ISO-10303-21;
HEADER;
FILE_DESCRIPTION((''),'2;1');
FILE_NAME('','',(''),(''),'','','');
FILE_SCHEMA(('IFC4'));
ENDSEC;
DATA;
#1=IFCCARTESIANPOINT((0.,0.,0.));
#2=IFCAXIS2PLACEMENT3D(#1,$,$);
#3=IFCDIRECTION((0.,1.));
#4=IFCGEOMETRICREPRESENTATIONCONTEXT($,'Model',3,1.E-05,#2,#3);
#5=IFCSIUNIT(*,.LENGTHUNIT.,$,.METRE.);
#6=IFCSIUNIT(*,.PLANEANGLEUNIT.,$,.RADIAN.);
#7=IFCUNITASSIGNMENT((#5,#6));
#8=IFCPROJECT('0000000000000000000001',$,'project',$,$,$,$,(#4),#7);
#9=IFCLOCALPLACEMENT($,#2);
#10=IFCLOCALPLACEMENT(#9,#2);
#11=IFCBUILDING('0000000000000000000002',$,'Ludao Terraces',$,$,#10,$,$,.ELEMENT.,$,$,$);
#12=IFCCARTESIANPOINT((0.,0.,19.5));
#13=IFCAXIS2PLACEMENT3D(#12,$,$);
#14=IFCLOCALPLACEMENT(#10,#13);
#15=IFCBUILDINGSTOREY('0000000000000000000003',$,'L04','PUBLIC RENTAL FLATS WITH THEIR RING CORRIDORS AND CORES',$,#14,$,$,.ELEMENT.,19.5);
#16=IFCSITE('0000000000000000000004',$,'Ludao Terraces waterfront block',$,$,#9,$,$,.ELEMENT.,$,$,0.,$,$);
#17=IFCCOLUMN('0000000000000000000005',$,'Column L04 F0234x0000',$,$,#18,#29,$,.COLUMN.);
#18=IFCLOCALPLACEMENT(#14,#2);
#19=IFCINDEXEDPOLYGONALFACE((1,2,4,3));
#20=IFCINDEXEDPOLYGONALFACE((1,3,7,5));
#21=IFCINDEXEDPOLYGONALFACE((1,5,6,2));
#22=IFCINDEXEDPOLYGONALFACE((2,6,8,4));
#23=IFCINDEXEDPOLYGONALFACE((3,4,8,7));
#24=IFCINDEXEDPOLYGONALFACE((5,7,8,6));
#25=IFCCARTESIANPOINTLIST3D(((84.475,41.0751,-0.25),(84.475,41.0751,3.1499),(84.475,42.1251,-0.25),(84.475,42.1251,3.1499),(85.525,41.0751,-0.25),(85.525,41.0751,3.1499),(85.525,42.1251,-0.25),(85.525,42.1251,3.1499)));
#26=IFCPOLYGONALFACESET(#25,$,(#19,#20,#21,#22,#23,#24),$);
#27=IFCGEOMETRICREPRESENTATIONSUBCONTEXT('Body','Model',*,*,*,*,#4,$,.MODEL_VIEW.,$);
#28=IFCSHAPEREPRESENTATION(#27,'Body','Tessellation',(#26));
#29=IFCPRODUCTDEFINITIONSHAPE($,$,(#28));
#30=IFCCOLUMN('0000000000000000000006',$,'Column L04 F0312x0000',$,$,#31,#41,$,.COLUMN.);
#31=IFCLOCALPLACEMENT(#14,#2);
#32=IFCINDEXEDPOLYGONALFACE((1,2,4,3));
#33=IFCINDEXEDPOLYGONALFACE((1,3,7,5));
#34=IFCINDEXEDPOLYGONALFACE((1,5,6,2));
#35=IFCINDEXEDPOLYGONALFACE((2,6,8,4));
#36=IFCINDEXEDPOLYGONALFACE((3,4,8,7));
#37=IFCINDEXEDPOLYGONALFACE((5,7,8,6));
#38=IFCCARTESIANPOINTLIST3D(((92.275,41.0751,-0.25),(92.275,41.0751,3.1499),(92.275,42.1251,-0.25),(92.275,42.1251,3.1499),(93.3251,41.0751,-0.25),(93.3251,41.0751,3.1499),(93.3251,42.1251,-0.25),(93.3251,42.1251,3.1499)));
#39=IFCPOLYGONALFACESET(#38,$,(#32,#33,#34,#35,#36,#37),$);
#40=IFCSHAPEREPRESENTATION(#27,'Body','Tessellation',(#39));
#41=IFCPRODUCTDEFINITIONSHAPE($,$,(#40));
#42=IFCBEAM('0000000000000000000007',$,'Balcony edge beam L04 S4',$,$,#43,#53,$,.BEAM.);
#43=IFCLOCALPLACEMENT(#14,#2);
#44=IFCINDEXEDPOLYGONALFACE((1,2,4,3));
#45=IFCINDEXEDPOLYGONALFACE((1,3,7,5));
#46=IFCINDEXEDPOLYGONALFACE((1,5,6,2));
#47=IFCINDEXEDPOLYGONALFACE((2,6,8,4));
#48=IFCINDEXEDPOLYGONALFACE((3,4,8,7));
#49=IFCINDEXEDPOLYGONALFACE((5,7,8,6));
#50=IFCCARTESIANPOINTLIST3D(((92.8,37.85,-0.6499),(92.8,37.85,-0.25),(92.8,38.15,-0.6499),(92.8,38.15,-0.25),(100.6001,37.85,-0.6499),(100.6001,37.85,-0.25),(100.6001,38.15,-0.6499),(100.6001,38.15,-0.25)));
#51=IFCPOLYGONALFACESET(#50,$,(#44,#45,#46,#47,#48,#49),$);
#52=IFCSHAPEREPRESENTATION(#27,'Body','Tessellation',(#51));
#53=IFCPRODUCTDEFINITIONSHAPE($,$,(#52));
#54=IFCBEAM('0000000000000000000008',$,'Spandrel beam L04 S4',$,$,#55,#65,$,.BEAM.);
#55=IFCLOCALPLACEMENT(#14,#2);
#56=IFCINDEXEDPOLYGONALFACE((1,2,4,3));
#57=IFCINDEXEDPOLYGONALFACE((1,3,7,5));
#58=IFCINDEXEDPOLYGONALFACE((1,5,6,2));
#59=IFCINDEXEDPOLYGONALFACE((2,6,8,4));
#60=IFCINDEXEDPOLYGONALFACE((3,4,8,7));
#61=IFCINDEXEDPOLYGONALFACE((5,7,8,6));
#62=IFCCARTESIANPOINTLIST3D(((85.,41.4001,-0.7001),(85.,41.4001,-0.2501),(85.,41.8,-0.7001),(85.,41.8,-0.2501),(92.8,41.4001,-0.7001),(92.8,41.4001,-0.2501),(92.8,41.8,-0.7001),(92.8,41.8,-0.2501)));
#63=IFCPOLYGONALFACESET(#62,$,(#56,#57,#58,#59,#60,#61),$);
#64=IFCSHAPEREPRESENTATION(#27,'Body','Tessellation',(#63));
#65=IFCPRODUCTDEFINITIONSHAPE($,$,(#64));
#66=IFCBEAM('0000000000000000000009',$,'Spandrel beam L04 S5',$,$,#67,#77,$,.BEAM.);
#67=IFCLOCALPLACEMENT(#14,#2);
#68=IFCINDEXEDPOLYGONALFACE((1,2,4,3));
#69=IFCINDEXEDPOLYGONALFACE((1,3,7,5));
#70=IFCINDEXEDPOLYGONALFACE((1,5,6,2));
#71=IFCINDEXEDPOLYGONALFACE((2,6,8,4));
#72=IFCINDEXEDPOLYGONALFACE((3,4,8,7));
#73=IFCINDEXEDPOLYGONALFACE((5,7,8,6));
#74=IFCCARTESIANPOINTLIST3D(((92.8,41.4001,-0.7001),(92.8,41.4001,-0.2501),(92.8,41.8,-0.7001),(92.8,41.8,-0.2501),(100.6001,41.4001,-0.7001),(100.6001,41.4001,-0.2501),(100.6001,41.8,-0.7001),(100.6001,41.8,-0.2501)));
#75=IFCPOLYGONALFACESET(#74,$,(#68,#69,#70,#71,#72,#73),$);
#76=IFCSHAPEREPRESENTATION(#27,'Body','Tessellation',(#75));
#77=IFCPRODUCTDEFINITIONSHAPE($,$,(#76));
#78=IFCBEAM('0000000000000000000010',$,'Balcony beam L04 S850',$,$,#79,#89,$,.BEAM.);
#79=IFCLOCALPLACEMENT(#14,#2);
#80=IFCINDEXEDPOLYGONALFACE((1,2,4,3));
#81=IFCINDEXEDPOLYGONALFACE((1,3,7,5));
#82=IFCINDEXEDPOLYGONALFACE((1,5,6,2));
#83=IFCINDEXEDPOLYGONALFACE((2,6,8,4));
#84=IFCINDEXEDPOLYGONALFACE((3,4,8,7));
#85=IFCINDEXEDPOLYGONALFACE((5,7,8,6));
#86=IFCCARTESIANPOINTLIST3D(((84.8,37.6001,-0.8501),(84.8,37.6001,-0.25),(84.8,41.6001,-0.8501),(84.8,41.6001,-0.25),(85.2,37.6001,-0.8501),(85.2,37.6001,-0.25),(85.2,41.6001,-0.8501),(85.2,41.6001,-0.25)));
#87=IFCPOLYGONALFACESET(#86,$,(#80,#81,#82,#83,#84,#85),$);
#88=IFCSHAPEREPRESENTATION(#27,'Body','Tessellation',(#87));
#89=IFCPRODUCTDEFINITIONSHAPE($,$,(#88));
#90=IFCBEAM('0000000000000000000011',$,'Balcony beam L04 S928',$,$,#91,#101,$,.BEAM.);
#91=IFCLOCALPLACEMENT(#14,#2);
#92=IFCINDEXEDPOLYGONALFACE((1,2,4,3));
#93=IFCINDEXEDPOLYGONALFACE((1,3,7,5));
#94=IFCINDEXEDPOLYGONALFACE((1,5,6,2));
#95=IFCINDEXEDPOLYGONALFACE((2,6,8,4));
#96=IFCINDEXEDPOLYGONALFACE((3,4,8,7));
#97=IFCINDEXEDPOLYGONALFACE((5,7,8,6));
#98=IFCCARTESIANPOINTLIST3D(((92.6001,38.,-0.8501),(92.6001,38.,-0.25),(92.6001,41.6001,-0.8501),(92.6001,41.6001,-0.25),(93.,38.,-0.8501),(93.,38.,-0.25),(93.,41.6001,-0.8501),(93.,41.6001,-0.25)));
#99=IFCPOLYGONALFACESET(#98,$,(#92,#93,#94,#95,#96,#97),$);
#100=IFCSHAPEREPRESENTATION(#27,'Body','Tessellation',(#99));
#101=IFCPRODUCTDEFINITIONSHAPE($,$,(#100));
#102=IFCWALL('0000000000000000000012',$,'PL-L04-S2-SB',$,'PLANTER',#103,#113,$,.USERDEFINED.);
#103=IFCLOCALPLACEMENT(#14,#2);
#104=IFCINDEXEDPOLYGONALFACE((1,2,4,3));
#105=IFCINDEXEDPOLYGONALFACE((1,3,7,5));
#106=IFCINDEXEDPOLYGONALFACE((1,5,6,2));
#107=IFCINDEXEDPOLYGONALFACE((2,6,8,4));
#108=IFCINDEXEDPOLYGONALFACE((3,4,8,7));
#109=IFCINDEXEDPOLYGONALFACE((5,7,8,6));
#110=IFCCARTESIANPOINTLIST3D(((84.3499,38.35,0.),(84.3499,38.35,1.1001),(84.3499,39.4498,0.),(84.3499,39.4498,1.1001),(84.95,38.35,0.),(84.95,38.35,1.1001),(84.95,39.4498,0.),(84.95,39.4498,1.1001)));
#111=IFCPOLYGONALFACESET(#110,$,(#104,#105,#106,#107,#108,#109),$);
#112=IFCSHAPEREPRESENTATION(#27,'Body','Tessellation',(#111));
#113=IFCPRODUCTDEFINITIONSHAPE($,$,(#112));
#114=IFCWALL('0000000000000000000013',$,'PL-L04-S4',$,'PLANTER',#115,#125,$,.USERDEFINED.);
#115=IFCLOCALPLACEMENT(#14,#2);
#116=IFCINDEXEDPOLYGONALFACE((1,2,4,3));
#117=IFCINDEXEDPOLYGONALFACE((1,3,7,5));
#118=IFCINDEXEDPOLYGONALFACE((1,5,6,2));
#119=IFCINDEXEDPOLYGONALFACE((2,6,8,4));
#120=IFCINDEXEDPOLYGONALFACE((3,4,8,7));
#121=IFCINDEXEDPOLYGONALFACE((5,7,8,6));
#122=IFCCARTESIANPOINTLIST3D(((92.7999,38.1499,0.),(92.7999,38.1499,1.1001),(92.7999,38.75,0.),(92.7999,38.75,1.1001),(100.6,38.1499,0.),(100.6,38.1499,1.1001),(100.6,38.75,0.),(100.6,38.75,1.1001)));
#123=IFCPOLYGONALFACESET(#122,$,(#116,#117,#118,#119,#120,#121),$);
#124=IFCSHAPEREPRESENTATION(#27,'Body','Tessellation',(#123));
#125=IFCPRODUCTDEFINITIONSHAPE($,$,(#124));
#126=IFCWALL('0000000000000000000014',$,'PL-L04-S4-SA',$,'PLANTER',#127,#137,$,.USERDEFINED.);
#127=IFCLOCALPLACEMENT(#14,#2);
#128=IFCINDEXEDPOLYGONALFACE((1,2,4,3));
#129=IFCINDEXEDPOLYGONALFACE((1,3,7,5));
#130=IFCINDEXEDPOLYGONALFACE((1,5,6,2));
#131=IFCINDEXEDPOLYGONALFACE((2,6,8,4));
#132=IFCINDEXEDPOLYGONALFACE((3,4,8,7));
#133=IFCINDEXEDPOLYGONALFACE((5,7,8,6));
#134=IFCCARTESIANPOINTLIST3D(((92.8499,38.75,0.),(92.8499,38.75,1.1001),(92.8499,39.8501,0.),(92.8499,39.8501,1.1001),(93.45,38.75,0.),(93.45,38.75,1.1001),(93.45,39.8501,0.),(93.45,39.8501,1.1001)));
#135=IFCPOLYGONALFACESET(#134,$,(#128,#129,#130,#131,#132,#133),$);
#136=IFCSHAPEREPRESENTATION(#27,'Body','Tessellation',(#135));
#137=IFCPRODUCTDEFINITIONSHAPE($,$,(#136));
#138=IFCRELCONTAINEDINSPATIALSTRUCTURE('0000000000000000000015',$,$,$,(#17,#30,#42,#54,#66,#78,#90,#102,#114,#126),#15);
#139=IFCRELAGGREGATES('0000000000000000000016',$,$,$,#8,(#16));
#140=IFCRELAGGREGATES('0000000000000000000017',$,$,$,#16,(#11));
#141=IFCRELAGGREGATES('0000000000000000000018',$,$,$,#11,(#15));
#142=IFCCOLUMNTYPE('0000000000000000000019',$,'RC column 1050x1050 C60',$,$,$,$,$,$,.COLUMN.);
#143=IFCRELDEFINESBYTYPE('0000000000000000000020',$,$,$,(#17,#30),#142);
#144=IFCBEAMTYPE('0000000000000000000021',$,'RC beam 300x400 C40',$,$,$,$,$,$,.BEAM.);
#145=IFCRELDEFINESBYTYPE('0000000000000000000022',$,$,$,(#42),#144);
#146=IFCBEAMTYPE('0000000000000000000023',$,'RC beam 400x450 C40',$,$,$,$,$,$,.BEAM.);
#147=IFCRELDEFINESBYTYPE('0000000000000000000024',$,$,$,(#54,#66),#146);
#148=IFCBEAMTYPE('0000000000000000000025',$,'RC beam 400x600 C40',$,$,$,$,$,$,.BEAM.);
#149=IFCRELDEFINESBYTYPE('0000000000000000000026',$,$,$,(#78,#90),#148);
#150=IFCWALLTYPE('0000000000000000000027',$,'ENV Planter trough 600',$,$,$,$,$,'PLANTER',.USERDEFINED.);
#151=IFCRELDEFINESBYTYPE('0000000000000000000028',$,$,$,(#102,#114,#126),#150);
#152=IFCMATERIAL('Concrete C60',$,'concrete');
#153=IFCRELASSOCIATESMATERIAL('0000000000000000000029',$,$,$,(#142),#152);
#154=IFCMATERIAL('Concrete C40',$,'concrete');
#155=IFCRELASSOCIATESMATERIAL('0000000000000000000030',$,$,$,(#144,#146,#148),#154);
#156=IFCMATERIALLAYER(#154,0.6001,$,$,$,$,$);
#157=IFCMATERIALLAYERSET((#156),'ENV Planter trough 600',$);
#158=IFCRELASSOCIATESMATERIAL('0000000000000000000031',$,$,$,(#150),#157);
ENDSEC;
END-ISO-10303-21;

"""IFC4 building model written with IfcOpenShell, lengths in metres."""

from ifc_helpers import new_model, si_unit, direction, frame, frame_2d, origin, origin_2d, place, context, subcontext, project, spatial, rectangle, extrude, material, layer, layer_set, material_profile, profile_set, type_object, element, save


model = new_model("IFC4")

# Units and contexts
model_context = context("Model", 3, precision=1e-05, world=origin(), true_north=direction((0.0, 1.0)))
body_context = subcontext(model_context, "Body", "Model", "MODEL_VIEW")
ifc_project = project(units=[si_unit("LENGTHUNIT", "METRE"), si_unit("PLANEANGLEUNIT", "RADIAN")], contexts=[model_context])

# Site, building, storey
site_placement = place(None, origin())
site = spatial("IfcSite", under=ifc_project, at=site_placement, Name="Ludao Terraces waterfront block", CompositionType="ELEMENT", RefElevation=0.0)
building_placement = place(site_placement, origin())
building = spatial("IfcBuilding", under=site, at=building_placement, Name="Ludao Terraces", CompositionType="ELEMENT")
storey_placement = place(building_placement, frame((0.0, 0.0, 19.5)))
storey = spatial("IfcBuildingStorey", under=building, at=storey_placement, Name="L04", Description="PUBLIC RENTAL FLATS WITH THEIR RING CORRIDORS AND CORES", CompositionType="ELEMENT", Elevation=19.5)

# Columns
ifc_material_1 = material(Name="Concrete C60", Category="concrete")
ifc_material_profile_1 = material_profile(ifc_material_1, rectangle(XDim=1.05, YDim=1.05, at=origin_2d()), Name="1050 X 1050")
ifc_profile_set_1 = profile_set([ifc_material_profile_1], Name="Concrete C60")
column_type = type_object("IfcColumnType", Name="RC column 1050x1050 C60", PredefinedType="COLUMN", material=ifc_profile_set_1)
for number, where, z_axis, x_axis, name in (
    (1, (85.0, 41.6001, -0.25), (0.0, 0.0, 1.0), (1.0, 0.0, 0.0), "Column L04 F0234x0000"),
    (2, (92.8, 41.6001, -0.25), (0.0, 0.0, 1.0), (1.0, 0.0, 0.0), "Column L04 F0312x0000"),
):
    element("IfcColumn", number, at=place(storey_placement, frame(where, z_axis=z_axis, x_axis=x_axis)), inside=storey, type_object=column_type, Name=name, PredefinedType="COLUMN", context=body_context, shape_type="SweptSolid", body=[
        extrude(rectangle(XDim=1.05, YDim=1.05, at=origin_2d()), origin(), (0.0, 0.0, 1.0), 3.3999),
    ])

# Beams
ifc_material_2 = material(Name="Concrete C40", Category="concrete")
ifc_material_profile_2 = material_profile(ifc_material_2, rectangle(XDim=0.3, YDim=0.3999, at=origin_2d()), Name="300 X 400")
ifc_profile_set_2 = profile_set([ifc_material_profile_2], Name="Concrete C40")
beam_type_1 = type_object("IfcBeamType", Name="RC beam 300x400 C40", PredefinedType="BEAM", material=ifc_profile_set_2)
beam_1_placement = place(storey_placement, frame((92.8, 38.0, -0.45), z_axis=(1.0, 0.0, 0.0), x_axis=(0.0, 1.0, 0.0)))
element("IfcBeam", 3, at=beam_1_placement, inside=storey, type_object=beam_type_1, Name="Balcony edge beam L04 S4", PredefinedType="BEAM", context=body_context, shape_type="SweptSolid", body=[
    extrude(rectangle(XDim=0.3, YDim=0.3999, at=origin_2d()), origin(), (0.0, 0.0, 1.0), 7.8),
])
ifc_material_profile_3 = material_profile(ifc_material_2, rectangle(XDim=0.3999, YDim=0.45, at=origin_2d()), Name="400 X 450")
ifc_profile_set_3 = profile_set([ifc_material_profile_3], Name="Concrete C40")
beam_type_2 = type_object("IfcBeamType", Name="RC beam 400x450 C40", PredefinedType="BEAM", material=ifc_profile_set_3)
for number, where, z_axis, x_axis, name in (
    (4, (85.0, 41.6001, -0.4751), (1.0, 0.0, 0.0), (0.0, 1.0, 0.0), "Spandrel beam L04 S4"),
    (5, (92.8, 41.6001, -0.4751), (1.0, 0.0, 0.0), (0.0, 1.0, 0.0), "Spandrel beam L04 S5"),
):
    element("IfcBeam", number, at=place(storey_placement, frame(where, z_axis=z_axis, x_axis=x_axis)), inside=storey, type_object=beam_type_2, Name=name, PredefinedType="BEAM", context=body_context, shape_type="SweptSolid", body=[
        extrude(rectangle(XDim=0.3999, YDim=0.45, at=origin_2d()), origin(), (0.0, 0.0, 1.0), 7.8),
    ])
ifc_material_profile_4 = material_profile(ifc_material_2, rectangle(XDim=0.3999, YDim=0.6001, at=origin_2d()), Name="400 X 600")
ifc_profile_set_4 = profile_set([ifc_material_profile_4], Name="Concrete C40")
beam_type_3 = type_object("IfcBeamType", Name="RC beam 400x600 C40", PredefinedType="BEAM", material=ifc_profile_set_4)
beam_2_placement = place(storey_placement, frame((85.0, 41.6001, -0.55), z_axis=(0.0, -1.0, 0.0), x_axis=(1.0, 0.0, 0.0)))
element("IfcBeam", 6, at=beam_2_placement, inside=storey, type_object=beam_type_3, Name="Balcony beam L04 S850", PredefinedType="BEAM", context=body_context, shape_type="SweptSolid", body=[
    extrude(rectangle(XDim=0.3999, YDim=0.6001, at=origin_2d()), origin(), (0.0, 0.0, 1.0), 4.0),
])
beam_3_placement = place(storey_placement, frame((92.8, 41.6001, -0.55), z_axis=(0.0, -1.0, 0.0), x_axis=(1.0, 0.0, 0.0)))
element("IfcBeam", 7, at=beam_3_placement, inside=storey, type_object=beam_type_3, Name="Balcony beam L04 S928", PredefinedType="BEAM", context=body_context, shape_type="SweptSolid", body=[
    extrude(rectangle(XDim=0.3999, YDim=0.6001, at=origin_2d()), origin(), (0.0, 0.0, 1.0), 3.6001),
])

# Walls
ifc_layer_1 = layer(ifc_material_2, 0.6001)
ifc_layer_set_1 = layer_set([ifc_layer_1], Name="ENV Planter trough 600")
wall_type_1 = type_object("IfcWallType", Name="ENV Planter trough 600", ElementType="PLANTER", PredefinedType="USERDEFINED", material=ifc_layer_set_1)
wall_1_placement = place(storey_placement, frame((84.6499, 38.3501, 0.0), z_axis=(0.0, 0.0, 1.0), x_axis=(0.0, 1.0, 0.0)))
element("IfcWall", 8, at=wall_1_placement, inside=storey, type_object=wall_type_1, Name="PL-L04-S2-SB", ObjectType="PLANTER", PredefinedType="USERDEFINED", context=body_context, shape_type="SweptSolid", body=[
    extrude(rectangle(XDim=1.0999, YDim=0.6001, at=frame_2d((0.5498, 0.0))), origin(), (0.0, 0.0, 1.0), 1.1001),
])
wall_2_placement = place(storey_placement, frame((92.8, 38.45, 0.0), z_axis=(0.0, 0.0, 1.0), x_axis=(1.0, 0.0, 0.0)))
element("IfcWall", 9, at=wall_2_placement, inside=storey, type_object=wall_type_1, Name="PL-L04-S4", ObjectType="PLANTER", PredefinedType="USERDEFINED", context=body_context, shape_type="SweptSolid", body=[
    extrude(rectangle(XDim=7.8, YDim=0.6001, at=frame_2d((3.8999, 0.0))), origin(), (0.0, 0.0, 1.0), 1.1001),
])
wall_3_placement = place(storey_placement, frame((93.1499, 38.75, 0.0), z_axis=(0.0, 0.0, 1.0), x_axis=(0.0, 1.0, 0.0)))
element("IfcWall", 10, at=wall_3_placement, inside=storey, type_object=wall_type_1, Name="PL-L04-S4-SA", ObjectType="PLANTER", PredefinedType="USERDEFINED", context=body_context, shape_type="SweptSolid", body=[
    extrude(rectangle(XDim=1.1001, YDim=0.6001, at=frame_2d((0.55, 0.0))), origin(), (0.0, 0.0, 1.0), 1.1001),
])

save(model, "model.ifc")
